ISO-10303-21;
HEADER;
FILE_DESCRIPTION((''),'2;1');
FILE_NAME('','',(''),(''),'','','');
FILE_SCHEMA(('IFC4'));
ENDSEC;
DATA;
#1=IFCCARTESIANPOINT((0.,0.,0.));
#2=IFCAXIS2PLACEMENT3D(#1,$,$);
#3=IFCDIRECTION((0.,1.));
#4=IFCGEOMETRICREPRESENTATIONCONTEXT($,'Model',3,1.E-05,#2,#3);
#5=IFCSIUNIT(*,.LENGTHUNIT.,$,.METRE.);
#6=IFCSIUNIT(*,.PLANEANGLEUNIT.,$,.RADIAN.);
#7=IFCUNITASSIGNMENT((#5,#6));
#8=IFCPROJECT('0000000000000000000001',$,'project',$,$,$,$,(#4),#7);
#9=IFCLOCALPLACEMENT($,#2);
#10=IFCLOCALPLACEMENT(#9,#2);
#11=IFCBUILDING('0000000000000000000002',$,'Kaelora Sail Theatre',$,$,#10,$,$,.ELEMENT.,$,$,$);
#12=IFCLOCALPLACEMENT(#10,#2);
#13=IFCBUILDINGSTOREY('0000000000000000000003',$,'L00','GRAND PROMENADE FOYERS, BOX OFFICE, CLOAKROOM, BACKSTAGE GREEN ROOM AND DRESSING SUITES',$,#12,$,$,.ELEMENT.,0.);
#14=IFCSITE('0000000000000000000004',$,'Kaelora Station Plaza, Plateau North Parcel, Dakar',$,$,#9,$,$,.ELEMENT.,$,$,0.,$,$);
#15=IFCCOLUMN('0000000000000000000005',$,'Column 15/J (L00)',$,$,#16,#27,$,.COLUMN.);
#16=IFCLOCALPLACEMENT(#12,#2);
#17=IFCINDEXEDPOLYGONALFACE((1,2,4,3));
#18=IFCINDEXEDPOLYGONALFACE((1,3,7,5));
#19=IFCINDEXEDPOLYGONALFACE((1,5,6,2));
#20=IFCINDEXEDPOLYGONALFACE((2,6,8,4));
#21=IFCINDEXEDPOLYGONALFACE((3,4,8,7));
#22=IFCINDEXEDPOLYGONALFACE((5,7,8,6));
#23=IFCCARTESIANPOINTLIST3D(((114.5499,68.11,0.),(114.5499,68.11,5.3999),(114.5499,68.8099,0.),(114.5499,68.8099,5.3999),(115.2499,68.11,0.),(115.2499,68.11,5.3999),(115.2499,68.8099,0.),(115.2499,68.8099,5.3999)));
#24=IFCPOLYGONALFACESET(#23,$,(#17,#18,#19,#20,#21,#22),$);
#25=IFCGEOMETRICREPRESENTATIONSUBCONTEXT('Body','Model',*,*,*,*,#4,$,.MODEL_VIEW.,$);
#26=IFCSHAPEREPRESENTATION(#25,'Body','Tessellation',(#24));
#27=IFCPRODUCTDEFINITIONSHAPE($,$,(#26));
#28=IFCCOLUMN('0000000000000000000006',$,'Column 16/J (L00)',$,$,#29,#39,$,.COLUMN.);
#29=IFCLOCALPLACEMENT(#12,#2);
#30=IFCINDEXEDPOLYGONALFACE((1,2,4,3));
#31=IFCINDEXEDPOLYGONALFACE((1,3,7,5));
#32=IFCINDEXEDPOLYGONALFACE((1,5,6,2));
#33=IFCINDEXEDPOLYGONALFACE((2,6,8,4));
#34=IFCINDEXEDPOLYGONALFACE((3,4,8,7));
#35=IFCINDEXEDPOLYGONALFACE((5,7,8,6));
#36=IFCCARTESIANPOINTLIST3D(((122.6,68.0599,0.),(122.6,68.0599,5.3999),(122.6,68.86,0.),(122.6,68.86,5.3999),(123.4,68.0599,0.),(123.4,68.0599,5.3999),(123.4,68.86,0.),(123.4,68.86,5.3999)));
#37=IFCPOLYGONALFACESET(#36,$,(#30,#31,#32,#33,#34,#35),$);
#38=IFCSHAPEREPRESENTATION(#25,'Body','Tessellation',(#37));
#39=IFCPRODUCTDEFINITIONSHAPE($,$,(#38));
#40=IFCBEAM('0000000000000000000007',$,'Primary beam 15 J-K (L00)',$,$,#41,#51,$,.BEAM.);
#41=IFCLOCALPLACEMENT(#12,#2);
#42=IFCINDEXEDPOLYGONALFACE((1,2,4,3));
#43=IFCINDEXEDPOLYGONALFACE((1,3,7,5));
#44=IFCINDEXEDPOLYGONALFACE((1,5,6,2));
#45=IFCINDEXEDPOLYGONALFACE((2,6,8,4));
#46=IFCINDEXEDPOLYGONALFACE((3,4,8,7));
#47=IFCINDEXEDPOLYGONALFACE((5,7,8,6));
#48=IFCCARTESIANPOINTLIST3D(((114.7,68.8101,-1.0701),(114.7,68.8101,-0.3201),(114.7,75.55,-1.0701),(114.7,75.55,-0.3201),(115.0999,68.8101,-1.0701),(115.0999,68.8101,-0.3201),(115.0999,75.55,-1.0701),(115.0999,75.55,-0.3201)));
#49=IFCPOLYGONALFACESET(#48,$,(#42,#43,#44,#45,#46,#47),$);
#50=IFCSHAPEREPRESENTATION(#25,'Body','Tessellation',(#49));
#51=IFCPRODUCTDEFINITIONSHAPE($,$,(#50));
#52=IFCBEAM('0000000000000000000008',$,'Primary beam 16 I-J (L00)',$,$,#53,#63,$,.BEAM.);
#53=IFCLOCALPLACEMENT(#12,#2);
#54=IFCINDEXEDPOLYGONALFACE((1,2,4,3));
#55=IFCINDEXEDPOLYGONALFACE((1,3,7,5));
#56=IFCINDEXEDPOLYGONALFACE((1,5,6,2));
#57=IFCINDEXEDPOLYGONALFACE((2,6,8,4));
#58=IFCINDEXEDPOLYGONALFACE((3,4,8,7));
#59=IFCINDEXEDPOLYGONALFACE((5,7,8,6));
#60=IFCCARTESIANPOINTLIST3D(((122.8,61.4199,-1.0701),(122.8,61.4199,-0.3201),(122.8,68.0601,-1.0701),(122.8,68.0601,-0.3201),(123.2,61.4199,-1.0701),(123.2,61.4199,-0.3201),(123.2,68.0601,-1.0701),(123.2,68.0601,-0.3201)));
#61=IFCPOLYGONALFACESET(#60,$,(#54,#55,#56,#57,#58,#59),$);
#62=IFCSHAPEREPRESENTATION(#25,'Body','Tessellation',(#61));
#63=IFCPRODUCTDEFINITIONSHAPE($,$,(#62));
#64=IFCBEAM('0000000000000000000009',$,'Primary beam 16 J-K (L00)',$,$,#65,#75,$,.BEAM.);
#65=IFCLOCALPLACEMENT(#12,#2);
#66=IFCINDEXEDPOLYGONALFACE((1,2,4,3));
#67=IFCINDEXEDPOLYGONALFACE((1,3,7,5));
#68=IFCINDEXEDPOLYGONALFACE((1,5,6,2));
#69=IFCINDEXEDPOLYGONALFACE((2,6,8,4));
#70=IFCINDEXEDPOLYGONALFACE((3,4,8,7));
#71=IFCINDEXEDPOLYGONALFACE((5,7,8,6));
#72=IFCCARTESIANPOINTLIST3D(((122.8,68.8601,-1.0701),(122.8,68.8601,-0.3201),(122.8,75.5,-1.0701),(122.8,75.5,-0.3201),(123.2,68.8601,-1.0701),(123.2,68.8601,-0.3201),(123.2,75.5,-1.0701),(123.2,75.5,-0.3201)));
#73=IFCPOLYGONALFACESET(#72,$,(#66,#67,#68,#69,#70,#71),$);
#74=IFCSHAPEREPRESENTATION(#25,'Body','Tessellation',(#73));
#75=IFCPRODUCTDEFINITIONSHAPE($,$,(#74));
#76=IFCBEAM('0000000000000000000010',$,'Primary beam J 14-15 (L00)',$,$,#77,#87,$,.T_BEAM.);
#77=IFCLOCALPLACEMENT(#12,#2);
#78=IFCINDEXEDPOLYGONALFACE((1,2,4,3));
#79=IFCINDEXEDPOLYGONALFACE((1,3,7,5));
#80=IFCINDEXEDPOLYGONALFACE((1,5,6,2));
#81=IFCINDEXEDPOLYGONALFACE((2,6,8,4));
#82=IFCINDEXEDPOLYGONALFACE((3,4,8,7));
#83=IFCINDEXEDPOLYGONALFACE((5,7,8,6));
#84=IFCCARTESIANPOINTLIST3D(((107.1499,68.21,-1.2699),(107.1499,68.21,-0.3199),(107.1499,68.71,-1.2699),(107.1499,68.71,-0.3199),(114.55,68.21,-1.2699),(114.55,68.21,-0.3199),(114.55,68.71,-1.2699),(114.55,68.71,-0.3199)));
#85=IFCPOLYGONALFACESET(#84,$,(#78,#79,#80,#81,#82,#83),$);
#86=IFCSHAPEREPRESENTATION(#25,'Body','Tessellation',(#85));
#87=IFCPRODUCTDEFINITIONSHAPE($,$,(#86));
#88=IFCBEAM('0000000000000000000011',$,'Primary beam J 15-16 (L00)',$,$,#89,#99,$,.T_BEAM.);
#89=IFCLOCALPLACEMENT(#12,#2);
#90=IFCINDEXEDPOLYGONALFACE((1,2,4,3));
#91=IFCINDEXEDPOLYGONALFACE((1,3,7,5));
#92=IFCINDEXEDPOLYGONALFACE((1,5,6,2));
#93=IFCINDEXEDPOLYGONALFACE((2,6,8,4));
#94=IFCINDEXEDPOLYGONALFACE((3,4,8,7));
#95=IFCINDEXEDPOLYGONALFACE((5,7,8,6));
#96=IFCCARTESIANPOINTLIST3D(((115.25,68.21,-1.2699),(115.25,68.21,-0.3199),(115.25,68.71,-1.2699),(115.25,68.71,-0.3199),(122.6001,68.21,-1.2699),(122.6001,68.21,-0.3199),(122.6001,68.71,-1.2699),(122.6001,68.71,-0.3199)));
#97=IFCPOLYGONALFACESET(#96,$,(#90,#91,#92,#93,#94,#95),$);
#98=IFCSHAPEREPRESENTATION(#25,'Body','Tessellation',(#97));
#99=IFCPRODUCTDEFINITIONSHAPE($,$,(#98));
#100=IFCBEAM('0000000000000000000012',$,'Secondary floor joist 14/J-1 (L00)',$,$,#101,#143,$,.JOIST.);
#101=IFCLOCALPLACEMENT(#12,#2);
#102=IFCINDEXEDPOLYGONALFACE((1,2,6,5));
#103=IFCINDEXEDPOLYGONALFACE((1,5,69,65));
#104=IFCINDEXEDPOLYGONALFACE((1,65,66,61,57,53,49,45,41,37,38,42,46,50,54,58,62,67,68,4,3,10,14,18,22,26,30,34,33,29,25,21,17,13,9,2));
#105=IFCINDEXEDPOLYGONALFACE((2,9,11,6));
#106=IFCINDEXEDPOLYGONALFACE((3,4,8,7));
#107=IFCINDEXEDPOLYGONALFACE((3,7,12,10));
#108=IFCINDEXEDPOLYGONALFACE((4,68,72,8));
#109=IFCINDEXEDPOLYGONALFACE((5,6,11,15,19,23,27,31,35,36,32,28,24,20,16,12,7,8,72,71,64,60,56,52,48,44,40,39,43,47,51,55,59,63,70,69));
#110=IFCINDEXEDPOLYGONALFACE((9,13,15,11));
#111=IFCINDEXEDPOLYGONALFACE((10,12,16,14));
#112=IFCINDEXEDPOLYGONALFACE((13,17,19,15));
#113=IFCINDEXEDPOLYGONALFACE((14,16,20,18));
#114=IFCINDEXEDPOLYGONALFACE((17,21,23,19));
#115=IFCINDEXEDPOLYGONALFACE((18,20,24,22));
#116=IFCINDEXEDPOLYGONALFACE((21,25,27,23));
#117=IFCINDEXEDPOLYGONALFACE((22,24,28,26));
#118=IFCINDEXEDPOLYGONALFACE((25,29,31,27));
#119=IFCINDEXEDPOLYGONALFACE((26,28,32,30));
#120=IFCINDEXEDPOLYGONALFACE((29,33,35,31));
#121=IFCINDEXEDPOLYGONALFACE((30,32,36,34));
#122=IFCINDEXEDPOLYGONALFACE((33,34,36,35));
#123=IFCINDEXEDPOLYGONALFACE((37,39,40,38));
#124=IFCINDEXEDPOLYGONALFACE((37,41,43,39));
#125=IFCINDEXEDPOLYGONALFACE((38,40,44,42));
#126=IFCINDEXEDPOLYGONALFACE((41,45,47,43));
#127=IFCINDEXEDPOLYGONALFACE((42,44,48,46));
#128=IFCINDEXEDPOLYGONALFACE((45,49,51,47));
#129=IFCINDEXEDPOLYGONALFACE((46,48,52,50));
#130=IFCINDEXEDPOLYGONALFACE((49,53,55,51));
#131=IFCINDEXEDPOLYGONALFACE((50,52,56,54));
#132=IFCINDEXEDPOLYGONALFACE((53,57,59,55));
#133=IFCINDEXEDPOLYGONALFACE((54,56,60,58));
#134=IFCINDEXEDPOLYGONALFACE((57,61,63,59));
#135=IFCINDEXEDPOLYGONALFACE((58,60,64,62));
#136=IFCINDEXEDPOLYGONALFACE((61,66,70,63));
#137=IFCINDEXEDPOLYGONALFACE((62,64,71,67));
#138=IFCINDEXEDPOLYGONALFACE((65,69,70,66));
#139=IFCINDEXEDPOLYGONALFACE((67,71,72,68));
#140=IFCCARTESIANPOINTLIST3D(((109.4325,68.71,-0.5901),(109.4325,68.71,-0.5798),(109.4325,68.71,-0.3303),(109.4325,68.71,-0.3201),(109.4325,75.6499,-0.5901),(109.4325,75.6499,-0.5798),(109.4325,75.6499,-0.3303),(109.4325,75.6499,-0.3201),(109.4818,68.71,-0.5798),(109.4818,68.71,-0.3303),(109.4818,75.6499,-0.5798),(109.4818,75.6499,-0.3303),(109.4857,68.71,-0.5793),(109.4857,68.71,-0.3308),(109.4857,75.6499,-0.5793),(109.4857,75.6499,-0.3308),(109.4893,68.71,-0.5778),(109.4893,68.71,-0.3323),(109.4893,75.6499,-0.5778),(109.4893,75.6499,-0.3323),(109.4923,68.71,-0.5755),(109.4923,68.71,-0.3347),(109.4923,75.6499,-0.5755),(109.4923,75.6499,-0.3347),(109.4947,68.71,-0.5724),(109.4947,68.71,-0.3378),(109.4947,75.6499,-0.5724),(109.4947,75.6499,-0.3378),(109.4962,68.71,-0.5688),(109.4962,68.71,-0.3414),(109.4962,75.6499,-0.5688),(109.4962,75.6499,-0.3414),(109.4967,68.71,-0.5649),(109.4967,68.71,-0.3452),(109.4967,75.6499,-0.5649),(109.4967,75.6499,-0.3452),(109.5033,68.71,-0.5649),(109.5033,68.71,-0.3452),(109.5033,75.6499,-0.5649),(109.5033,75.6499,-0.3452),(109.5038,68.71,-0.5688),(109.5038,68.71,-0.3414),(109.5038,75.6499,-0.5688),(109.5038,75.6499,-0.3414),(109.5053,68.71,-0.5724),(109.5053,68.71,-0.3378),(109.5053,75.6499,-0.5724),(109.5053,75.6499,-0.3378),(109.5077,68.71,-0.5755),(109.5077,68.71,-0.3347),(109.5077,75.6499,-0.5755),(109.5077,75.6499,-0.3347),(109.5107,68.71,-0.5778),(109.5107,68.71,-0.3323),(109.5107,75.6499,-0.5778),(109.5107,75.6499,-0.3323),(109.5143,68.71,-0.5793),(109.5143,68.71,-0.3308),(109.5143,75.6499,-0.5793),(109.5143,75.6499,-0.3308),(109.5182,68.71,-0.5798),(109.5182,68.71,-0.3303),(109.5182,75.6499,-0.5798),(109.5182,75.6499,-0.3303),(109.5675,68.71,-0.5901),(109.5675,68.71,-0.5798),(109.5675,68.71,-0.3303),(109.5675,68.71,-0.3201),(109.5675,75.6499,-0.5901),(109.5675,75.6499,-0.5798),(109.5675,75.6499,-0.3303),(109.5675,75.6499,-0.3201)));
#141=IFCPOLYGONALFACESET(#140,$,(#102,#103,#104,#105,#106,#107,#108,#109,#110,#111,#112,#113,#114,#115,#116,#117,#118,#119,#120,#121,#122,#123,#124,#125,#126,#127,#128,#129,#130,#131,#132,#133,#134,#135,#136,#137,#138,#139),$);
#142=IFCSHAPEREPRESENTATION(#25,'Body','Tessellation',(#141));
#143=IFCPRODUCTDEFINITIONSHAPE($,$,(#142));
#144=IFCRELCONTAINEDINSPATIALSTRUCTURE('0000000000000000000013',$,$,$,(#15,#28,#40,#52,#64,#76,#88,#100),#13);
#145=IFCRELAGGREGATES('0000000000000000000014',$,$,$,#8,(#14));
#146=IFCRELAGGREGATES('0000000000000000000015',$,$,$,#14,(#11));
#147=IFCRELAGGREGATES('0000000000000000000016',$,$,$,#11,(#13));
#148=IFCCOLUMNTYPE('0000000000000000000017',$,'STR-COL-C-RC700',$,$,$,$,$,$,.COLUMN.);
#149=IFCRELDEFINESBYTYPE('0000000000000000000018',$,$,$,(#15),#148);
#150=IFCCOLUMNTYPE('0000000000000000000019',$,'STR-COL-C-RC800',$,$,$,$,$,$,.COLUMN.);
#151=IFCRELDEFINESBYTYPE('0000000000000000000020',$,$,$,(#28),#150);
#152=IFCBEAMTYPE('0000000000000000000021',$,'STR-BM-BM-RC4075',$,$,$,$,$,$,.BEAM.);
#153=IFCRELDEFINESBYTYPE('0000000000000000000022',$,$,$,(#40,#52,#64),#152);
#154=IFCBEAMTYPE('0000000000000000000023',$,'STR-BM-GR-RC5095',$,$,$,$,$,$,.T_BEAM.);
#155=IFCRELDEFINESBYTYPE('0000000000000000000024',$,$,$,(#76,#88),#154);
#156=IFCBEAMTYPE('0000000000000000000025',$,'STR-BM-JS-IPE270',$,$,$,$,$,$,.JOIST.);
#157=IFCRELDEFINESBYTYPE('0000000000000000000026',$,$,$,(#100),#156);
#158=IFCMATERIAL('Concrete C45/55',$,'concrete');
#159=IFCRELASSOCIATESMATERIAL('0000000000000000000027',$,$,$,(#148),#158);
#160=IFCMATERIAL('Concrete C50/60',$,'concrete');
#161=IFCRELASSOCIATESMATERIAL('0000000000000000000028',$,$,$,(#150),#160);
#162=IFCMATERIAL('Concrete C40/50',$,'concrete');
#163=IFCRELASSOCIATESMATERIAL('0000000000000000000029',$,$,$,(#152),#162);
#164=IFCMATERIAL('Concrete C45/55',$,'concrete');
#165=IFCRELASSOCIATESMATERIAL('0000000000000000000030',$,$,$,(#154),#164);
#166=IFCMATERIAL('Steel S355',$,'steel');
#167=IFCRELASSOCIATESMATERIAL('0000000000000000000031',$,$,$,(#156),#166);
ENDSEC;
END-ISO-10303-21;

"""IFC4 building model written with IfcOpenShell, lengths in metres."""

from ifc_helpers import new_model, si_unit, direction, frame, origin, origin_2d, place, context, subcontext, project, spatial, rectangle, i_section, extrude, material, material_profile, profile_set, type_object, element, save


model = new_model("IFC4")

# Units and contexts
model_context = context("Model", 3, precision=1e-05, world=origin(), true_north=direction((0.0, 1.0)))
body_context = subcontext(model_context, "Body", "Model", "MODEL_VIEW")
ifc_project = project(units=[si_unit("LENGTHUNIT", "METRE"), si_unit("PLANEANGLEUNIT", "RADIAN")], contexts=[model_context])

# Site, building, storey
site_placement = place(None, origin())
site = spatial("IfcSite", under=ifc_project, at=site_placement, Name="Kaelora Station Plaza, Plateau North Parcel, Dakar", CompositionType="ELEMENT", RefElevation=0.0)
building_placement = place(site_placement, origin())
building = spatial("IfcBuilding", under=site, at=building_placement, Name="Kaelora Sail Theatre", CompositionType="ELEMENT")
storey_placement = place(building_placement, origin())
storey = spatial("IfcBuildingStorey", under=building, at=storey_placement, Name="L00", Description="GRAND PROMENADE FOYERS, BOX OFFICE, CLOAKROOM, BACKSTAGE GREEN ROOM AND DRESSING SUITES", CompositionType="ELEMENT", Elevation=0.0)

# Columns
ifc_material_1 = material(Name="Concrete C45/55", Category="concrete")
ifc_material_profile_1 = material_profile(ifc_material_1, rectangle(XDim=0.7, YDim=0.7, at=origin_2d()), Name="RC-COL 700x700")
ifc_profile_set_1 = profile_set([ifc_material_profile_1], Name="Concrete C45/55")
column_type_1 = type_object("IfcColumnType", Name="STR-COL-C-RC700", PredefinedType="COLUMN", material=ifc_profile_set_1)
column_1_placement = place(storey_placement, frame((114.8999, 68.46, 0.0), z_axis=(0.0, 0.0, 1.0), x_axis=(1.0, 0.0, 0.0)))
element("IfcColumn", 1, at=column_1_placement, inside=storey, type_object=column_type_1, Name="Column 15/J (L00)", PredefinedType="COLUMN", context=body_context, shape_type="SweptSolid", body=[
    extrude(rectangle(XDim=0.7, YDim=0.7, at=origin_2d()), origin(), (0.0, 0.0, 1.0), 5.3999),
])
ifc_material_2 = material(Name="Concrete C50/60", Category="concrete")
ifc_material_profile_2 = material_profile(ifc_material_2, rectangle(XDim=0.8, YDim=0.8, at=origin_2d()), Name="RC-COL 800x800")
ifc_profile_set_2 = profile_set([ifc_material_profile_2], Name="Concrete C50/60")
column_type_2 = type_object("IfcColumnType", Name="STR-COL-C-RC800", PredefinedType="COLUMN", material=ifc_profile_set_2)
column_2_placement = place(storey_placement, frame((123.0, 68.46, 0.0), z_axis=(0.0, 0.0, 1.0), x_axis=(1.0, 0.0, 0.0)))
element("IfcColumn", 2, at=column_2_placement, inside=storey, type_object=column_type_2, Name="Column 16/J (L00)", PredefinedType="COLUMN", context=body_context, shape_type="SweptSolid", body=[
    extrude(rectangle(XDim=0.8, YDim=0.8, at=origin_2d()), origin(), (0.0, 0.0, 1.0), 5.3999),
])

# Beams
ifc_material_3 = material(Name="Concrete C40/50", Category="concrete")
ifc_material_profile_3 = material_profile(ifc_material_3, rectangle(XDim=0.3999, YDim=0.75, at=origin_2d()), Name="RC-BM 400x750")
ifc_profile_set_3 = profile_set([ifc_material_profile_3], Name="Concrete C40/50")
beam_type_1 = type_object("IfcBeamType", Name="STR-BM-BM-RC4075", PredefinedType="BEAM", material=ifc_profile_set_3)
beam_1_placement = place(storey_placement, frame((114.8999, 68.8101, -0.6951), z_axis=(0.0, 1.0, 0.0), x_axis=(-1.0, 0.0, 0.0)))
element("IfcBeam", 3, at=beam_1_placement, inside=storey, type_object=beam_type_1, Name="Primary beam 15 J-K (L00)", PredefinedType="BEAM", context=body_context, shape_type="SweptSolid", body=[
    extrude(rectangle(XDim=0.3999, YDim=0.75, at=origin_2d()), origin(), (0.0, 0.0, 1.0), 6.74),
])
beam_2_placement = place(storey_placement, frame((123.0, 61.4199, -0.6951), z_axis=(0.0, 1.0, 0.0), x_axis=(-1.0, 0.0, 0.0)))
element("IfcBeam", 4, at=beam_2_placement, inside=storey, type_object=beam_type_1, Name="Primary beam 16 I-J (L00)", PredefinedType="BEAM", context=body_context, shape_type="SweptSolid", body=[
    extrude(rectangle(XDim=0.3999, YDim=0.75, at=origin_2d()), origin(), (0.0, 0.0, 1.0), 6.6401),
])
beam_3_placement = place(storey_placement, frame((123.0, 68.8601, -0.6951), z_axis=(0.0, 1.0, 0.0), x_axis=(-1.0, 0.0, 0.0)))
element("IfcBeam", 5, at=beam_3_placement, inside=storey, type_object=beam_type_1, Name="Primary beam 16 J-K (L00)", PredefinedType="BEAM", context=body_context, shape_type="SweptSolid", body=[
    extrude(rectangle(XDim=0.3999, YDim=0.75, at=origin_2d()), origin(), (0.0, 0.0, 1.0), 6.6399),
])
ifc_material_4 = material(Name="Concrete C45/55", Category="concrete")
ifc_material_profile_4 = material_profile(ifc_material_4, rectangle(XDim=0.5, YDim=0.95, at=origin_2d()), Name="RC-GRD 500x950")
ifc_profile_set_4 = profile_set([ifc_material_profile_4], Name="Concrete C45/55")
beam_type_2 = type_object("IfcBeamType", Name="STR-BM-GR-RC5095", PredefinedType="T_BEAM", material=ifc_profile_set_4)
beam_4_placement = place(storey_placement, frame((107.1499, 68.46, -0.7949), z_axis=(1.0, 0.0, 0.0), x_axis=(0.0, 1.0, 0.0)))
element("IfcBeam", 6, at=beam_4_placement, inside=storey, type_object=beam_type_2, Name="Primary beam J 14-15 (L00)", PredefinedType="T_BEAM", context=body_context, shape_type="SweptSolid", body=[
    extrude(rectangle(XDim=0.5, YDim=0.95, at=origin_2d()), origin(), (0.0, 0.0, 1.0), 7.4001),
])
beam_5_placement = place(storey_placement, frame((115.25, 68.46, -0.7949), z_axis=(1.0, 0.0, 0.0), x_axis=(0.0, 1.0, 0.0)))
element("IfcBeam", 7, at=beam_5_placement, inside=storey, type_object=beam_type_2, Name="Primary beam J 15-16 (L00)", PredefinedType="T_BEAM", context=body_context, shape_type="SweptSolid", body=[
    extrude(rectangle(XDim=0.5, YDim=0.95, at=origin_2d()), origin(), (0.0, 0.0, 1.0), 7.3501),
])
ifc_material_5 = material(Name="Steel S355", Category="steel")
ifc_material_profile_5 = material_profile(ifc_material_5, i_section(OverallWidth=0.135, OverallDepth=0.27, WebThickness=0.0066, FlangeThickness=0.0103, FilletRadius=0.0149, at=origin_2d()), Name="IPE 270")
ifc_profile_set_5 = profile_set([ifc_material_profile_5], Name="Steel S355")
beam_type_3 = type_object("IfcBeamType", Name="STR-BM-JS-IPE270", PredefinedType="JOIST", material=ifc_profile_set_5)
beam_6_placement = place(storey_placement, frame((109.5, 68.71, -0.4551), z_axis=(0.0, 1.0, 0.0), x_axis=(-1.0, 0.0, 0.0)))
element("IfcBeam", 8, at=beam_6_placement, inside=storey, type_object=beam_type_3, Name="Secondary floor joist 14/J-1 (L00)", PredefinedType="JOIST", context=body_context, shape_type="SweptSolid", body=[
    extrude(i_section(OverallWidth=0.135, OverallDepth=0.27, WebThickness=0.0066, FlangeThickness=0.0103, FilletRadius=0.0149, at=origin_2d()), origin(), (0.0, 0.0, 1.0), 6.9399),
])

save(model, "model.ifc")
